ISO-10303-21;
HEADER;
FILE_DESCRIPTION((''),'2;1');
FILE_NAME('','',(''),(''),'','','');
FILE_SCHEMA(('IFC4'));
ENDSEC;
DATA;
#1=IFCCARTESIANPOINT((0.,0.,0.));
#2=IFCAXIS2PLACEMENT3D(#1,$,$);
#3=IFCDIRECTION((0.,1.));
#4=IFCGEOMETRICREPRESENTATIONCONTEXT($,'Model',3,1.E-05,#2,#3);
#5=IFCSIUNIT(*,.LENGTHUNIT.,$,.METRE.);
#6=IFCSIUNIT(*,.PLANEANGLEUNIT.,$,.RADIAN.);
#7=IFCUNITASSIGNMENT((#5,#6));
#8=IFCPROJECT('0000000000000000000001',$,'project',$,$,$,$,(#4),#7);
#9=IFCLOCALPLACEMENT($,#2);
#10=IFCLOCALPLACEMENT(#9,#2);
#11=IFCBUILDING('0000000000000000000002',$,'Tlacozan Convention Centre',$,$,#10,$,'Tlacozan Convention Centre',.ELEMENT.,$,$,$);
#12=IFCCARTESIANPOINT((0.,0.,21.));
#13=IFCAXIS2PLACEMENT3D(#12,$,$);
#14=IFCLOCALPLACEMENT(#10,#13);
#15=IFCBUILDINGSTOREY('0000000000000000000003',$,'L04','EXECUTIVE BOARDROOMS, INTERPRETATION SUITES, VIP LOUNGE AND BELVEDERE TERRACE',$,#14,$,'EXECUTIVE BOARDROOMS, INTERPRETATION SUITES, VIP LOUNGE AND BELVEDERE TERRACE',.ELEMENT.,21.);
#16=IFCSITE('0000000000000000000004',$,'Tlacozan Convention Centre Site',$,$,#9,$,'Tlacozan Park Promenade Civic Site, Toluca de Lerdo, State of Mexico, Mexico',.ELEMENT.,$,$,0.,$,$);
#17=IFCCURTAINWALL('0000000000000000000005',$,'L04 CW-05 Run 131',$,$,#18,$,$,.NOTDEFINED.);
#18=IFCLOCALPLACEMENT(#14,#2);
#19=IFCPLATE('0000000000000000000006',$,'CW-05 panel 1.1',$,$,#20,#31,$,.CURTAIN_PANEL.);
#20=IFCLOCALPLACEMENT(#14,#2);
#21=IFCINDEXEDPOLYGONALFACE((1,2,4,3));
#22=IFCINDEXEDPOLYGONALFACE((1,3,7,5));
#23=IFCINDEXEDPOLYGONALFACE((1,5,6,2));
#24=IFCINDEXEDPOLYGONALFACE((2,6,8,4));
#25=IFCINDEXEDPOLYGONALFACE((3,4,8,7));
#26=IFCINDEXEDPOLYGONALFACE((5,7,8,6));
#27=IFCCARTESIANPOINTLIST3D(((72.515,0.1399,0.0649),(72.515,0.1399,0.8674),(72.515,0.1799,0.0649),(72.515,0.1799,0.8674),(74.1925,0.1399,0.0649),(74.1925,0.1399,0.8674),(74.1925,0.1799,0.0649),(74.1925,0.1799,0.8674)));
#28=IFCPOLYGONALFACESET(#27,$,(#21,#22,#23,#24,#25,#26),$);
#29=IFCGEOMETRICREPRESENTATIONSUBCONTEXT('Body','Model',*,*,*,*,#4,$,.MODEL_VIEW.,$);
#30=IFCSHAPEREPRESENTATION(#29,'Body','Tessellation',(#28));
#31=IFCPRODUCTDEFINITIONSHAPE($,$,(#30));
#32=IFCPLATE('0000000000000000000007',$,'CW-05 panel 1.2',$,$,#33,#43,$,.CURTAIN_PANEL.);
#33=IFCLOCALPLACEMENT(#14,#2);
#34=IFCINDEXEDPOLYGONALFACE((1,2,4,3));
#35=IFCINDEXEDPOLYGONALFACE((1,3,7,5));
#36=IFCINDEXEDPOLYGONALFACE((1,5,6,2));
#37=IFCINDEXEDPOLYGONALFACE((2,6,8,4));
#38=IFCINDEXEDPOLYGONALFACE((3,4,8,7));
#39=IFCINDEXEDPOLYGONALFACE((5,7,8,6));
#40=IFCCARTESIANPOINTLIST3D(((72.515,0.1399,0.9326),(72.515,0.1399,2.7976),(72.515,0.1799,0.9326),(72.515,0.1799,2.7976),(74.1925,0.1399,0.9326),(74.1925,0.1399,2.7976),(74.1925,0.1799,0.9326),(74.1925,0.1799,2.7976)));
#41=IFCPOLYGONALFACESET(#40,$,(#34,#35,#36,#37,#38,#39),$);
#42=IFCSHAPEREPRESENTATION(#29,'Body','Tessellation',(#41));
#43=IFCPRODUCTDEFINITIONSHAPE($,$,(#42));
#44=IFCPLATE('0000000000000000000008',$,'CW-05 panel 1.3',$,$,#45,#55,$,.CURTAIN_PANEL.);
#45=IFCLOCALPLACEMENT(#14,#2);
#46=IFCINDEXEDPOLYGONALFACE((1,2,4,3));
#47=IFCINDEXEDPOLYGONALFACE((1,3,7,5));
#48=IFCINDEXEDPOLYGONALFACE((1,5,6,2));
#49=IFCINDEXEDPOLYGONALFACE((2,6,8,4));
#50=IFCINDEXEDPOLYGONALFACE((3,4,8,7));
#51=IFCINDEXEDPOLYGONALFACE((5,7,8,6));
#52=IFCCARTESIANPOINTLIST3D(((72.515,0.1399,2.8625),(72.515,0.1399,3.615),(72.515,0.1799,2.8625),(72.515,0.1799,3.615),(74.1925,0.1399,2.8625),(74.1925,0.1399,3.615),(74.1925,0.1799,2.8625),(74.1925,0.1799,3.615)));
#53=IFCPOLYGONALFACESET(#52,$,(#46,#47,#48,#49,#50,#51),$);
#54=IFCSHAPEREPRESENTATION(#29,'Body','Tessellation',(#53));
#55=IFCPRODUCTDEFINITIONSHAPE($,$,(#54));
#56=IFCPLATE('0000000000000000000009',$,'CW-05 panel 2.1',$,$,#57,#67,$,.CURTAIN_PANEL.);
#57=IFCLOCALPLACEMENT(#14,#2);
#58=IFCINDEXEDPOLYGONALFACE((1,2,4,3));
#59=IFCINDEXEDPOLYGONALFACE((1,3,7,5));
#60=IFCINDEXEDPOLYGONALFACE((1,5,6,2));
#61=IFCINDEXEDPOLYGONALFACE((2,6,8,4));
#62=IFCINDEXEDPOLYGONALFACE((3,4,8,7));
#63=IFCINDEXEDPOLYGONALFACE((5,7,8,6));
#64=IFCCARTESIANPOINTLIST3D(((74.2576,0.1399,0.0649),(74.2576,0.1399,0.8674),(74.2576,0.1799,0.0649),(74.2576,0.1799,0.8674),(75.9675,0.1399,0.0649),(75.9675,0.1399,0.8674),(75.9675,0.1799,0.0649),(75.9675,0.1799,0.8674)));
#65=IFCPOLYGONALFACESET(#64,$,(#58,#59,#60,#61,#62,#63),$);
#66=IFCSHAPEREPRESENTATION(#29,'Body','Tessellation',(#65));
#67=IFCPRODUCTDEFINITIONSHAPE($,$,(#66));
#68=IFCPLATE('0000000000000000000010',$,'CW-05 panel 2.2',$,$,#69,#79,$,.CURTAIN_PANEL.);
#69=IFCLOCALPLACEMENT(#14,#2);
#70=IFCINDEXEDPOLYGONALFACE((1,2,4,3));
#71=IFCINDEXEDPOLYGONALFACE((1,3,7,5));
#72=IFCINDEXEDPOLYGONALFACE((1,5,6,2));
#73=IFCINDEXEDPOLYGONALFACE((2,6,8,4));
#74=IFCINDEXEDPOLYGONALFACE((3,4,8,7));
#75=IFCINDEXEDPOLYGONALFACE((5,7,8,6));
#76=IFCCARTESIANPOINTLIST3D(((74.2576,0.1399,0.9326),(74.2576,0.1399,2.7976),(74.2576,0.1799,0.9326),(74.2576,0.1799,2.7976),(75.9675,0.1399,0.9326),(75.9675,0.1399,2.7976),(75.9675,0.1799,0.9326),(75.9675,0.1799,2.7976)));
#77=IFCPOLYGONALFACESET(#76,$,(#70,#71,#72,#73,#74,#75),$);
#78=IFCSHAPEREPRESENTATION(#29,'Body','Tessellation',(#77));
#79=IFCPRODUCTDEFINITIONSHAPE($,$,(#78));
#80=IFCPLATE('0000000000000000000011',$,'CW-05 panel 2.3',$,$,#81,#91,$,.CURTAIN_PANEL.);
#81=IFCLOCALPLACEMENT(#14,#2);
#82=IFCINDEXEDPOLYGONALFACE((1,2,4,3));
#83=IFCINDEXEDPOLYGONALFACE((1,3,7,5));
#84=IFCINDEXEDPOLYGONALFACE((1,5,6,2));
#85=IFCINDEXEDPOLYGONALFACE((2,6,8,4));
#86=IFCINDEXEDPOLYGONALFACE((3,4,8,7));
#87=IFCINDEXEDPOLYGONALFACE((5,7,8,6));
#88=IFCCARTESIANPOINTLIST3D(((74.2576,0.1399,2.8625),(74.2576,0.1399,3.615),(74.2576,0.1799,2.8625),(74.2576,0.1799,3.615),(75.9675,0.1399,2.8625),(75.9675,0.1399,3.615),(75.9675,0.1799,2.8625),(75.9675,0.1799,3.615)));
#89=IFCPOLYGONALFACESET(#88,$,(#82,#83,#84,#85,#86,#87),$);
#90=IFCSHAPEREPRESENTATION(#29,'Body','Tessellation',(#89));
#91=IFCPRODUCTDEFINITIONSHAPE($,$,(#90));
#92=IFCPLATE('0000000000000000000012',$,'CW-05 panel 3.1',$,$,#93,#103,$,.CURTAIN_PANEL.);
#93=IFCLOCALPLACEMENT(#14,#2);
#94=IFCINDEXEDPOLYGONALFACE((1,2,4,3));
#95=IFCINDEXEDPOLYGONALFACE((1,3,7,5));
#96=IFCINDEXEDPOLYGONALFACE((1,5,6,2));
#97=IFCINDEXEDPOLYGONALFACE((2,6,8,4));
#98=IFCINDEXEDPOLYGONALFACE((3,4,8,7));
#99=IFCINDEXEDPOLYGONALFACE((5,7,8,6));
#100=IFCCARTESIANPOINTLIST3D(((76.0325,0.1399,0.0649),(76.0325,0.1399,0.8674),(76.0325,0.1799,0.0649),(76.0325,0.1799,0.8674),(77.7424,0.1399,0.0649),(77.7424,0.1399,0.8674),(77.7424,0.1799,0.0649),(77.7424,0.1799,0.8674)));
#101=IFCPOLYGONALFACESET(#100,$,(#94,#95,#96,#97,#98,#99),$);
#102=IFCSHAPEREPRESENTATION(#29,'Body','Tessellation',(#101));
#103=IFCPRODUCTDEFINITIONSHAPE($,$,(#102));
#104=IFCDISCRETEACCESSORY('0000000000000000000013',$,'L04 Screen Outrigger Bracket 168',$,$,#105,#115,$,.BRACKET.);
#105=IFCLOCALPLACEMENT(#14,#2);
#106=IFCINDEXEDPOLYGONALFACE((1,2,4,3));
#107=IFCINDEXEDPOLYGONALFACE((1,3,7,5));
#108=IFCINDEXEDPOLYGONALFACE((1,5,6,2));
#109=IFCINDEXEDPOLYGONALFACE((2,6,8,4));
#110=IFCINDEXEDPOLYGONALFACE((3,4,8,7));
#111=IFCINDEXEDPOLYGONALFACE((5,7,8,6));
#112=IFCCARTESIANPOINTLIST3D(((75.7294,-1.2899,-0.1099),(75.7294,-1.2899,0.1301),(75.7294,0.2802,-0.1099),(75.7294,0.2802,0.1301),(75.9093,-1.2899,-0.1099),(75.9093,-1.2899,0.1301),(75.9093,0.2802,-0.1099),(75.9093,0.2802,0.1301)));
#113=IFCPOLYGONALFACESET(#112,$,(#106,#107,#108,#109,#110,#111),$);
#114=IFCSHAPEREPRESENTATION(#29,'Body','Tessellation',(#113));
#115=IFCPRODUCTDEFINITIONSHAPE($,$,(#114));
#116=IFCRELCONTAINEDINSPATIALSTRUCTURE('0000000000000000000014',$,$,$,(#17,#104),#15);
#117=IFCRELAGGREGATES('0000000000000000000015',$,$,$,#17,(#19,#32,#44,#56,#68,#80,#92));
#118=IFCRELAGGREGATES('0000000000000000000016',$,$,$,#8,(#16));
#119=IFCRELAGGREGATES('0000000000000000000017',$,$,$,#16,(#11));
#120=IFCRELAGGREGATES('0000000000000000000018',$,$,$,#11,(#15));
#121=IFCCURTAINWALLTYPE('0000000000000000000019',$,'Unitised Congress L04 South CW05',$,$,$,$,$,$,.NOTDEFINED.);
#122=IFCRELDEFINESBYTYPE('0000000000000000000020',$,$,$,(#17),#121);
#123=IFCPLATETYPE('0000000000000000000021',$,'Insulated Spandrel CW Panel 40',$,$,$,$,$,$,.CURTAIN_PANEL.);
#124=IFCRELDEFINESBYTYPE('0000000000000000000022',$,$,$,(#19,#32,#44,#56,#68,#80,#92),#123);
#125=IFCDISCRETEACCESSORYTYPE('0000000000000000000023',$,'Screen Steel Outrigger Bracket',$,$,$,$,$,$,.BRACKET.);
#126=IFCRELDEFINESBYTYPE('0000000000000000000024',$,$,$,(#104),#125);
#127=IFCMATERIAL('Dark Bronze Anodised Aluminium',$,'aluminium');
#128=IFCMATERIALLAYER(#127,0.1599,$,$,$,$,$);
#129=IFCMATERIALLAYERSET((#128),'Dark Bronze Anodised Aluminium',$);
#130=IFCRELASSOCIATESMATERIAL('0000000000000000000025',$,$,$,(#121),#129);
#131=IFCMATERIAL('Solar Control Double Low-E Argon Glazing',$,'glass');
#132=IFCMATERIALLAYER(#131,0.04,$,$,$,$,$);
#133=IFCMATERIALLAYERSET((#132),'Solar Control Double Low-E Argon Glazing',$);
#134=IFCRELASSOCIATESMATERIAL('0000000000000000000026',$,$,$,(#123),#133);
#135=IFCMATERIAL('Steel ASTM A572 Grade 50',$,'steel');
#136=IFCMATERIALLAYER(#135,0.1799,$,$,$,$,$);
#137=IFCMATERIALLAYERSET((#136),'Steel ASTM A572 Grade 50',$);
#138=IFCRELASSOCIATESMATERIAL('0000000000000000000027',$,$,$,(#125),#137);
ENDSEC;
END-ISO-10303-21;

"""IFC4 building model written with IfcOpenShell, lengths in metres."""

from ifc_helpers import new_model, si_unit, direction, frame, origin, origin_2d, place, context, subcontext, project, spatial, rectangle, extrude, material, layer, layer_set, type_object, element, aggregate, save


model = new_model("IFC4")

# Units and contexts
model_context = context("Model", 3, precision=1e-05, world=origin(), true_north=direction((0.0, 1.0)))
body_context = subcontext(model_context, "Body", "Model", "MODEL_VIEW")
ifc_project = project(units=[si_unit("LENGTHUNIT", "METRE"), si_unit("PLANEANGLEUNIT", "RADIAN")], contexts=[model_context])

# Site, building, storey
site_placement = place(None, origin())
site = spatial("IfcSite", under=ifc_project, at=site_placement, Name="Tlacozan Convention Centre Site", LongName="Tlacozan Park Promenade Civic Site, Toluca de Lerdo, State of Mexico, Mexico", CompositionType="ELEMENT", RefElevation=0.0)
building_placement = place(site_placement, origin())
building = spatial("IfcBuilding", under=site, at=building_placement, Name="Tlacozan Convention Centre", LongName="Tlacozan Convention Centre", CompositionType="ELEMENT")
storey_placement = place(building_placement, frame((0.0, 0.0, 21.0)))
storey = spatial("IfcBuildingStorey", under=building, at=storey_placement, Name="L04", Description="EXECUTIVE BOARDROOMS, INTERPRETATION SUITES, VIP LOUNGE AND BELVEDERE TERRACE", LongName="EXECUTIVE BOARDROOMS, INTERPRETATION SUITES, VIP LOUNGE AND BELVEDERE TERRACE", CompositionType="ELEMENT", Elevation=21.0)

# Shared definitions
ifc_material_1 = material(Name="Dark Bronze Anodised Aluminium", Category="aluminium")
ifc_layer_1 = layer(ifc_material_1, 0.1599)
ifc_layer_set_1 = layer_set([ifc_layer_1], Name="Dark Bronze Anodised Aluminium")
curtain_wall_type = type_object("IfcCurtainWallType", Name="Unitised Congress L04 South CW05", PredefinedType="NOTDEFINED", material=ifc_layer_set_1)

# Curtain wall
curtain_wall_1_placement = place(storey_placement, origin())
curtain_wall_1 = element("IfcCurtainWall", 1, at=curtain_wall_1_placement, inside=storey, type_object=curtain_wall_type, Name="L04 CW-05 Run 131", PredefinedType="NOTDEFINED")

# Plates
ifc_material_2 = material(Name="Solar Control Double Low-E Argon Glazing", Category="glass")
ifc_layer_2 = layer(ifc_material_2, 0.04)
ifc_layer_set_2 = layer_set([ifc_layer_2], Name="Solar Control Double Low-E Argon Glazing")
plate_type_1 = type_object("IfcPlateType", Name="Insulated Spandrel CW Panel 40", PredefinedType="CURTAIN_PANEL", material=ifc_layer_set_2)
plate_1_placement = place(storey_placement, frame((73.3538, 0.1599, 0.0649), z_axis=(0.0, 0.0, 1.0), x_axis=(1.0, 0.0, 0.0)))
plate_1 = element("IfcPlate", 2, at=plate_1_placement, type_object=plate_type_1, Name="CW-05 panel 1.1", PredefinedType="CURTAIN_PANEL", context=body_context, shape_type="SweptSolid", body=[
    extrude(rectangle(XDim=1.6775, YDim=0.04, at=origin_2d()), origin(), (0.0, 0.0, 1.0), 0.8025),
])
plate_2_placement = place(storey_placement, frame((73.3538, 0.1599, 0.9326), z_axis=(0.0, 0.0, 1.0), x_axis=(1.0, 0.0, 0.0)))
plate_2 = element("IfcPlate", 3, at=plate_2_placement, type_object=plate_type_1, Name="CW-05 panel 1.2", PredefinedType="CURTAIN_PANEL", context=body_context, shape_type="SweptSolid", body=[
    extrude(rectangle(XDim=1.6775, YDim=0.04, at=origin_2d()), origin(), (0.0, 0.0, 1.0), 1.865),
])
plate_3_placement = place(storey_placement, frame((73.3538, 0.1599, 2.8625), z_axis=(0.0, 0.0, 1.0), x_axis=(1.0, 0.0, 0.0)))
plate_3 = element("IfcPlate", 4, at=plate_3_placement, type_object=plate_type_1, Name="CW-05 panel 1.3", PredefinedType="CURTAIN_PANEL", context=body_context, shape_type="SweptSolid", body=[
    extrude(rectangle(XDim=1.6775, YDim=0.04, at=origin_2d()), origin(), (0.0, 0.0, 1.0), 0.7524),
])
plate_4_placement = place(storey_placement, frame((75.1125, 0.1599, 0.0649), z_axis=(0.0, 0.0, 1.0), x_axis=(1.0, 0.0, 0.0)))
plate_4 = element("IfcPlate", 5, at=plate_4_placement, type_object=plate_type_1, Name="CW-05 panel 2.1", PredefinedType="CURTAIN_PANEL", context=body_context, shape_type="SweptSolid", body=[
    extrude(rectangle(XDim=1.71, YDim=0.04, at=origin_2d()), origin(), (0.0, 0.0, 1.0), 0.8025),
])
plate_5_placement = place(storey_placement, frame((75.1125, 0.1599, 0.9326), z_axis=(0.0, 0.0, 1.0), x_axis=(1.0, 0.0, 0.0)))
plate_5 = element("IfcPlate", 6, at=plate_5_placement, type_object=plate_type_1, Name="CW-05 panel 2.2", PredefinedType="CURTAIN_PANEL", context=body_context, shape_type="SweptSolid", body=[
    extrude(rectangle(XDim=1.71, YDim=0.04, at=origin_2d()), origin(), (0.0, 0.0, 1.0), 1.865),
])
plate_6_placement = place(storey_placement, frame((75.1125, 0.1599, 2.8625), z_axis=(0.0, 0.0, 1.0), x_axis=(1.0, 0.0, 0.0)))
plate_6 = element("IfcPlate", 7, at=plate_6_placement, type_object=plate_type_1, Name="CW-05 panel 2.3", PredefinedType="CURTAIN_PANEL", context=body_context, shape_type="SweptSolid", body=[
    extrude(rectangle(XDim=1.71, YDim=0.04, at=origin_2d()), origin(), (0.0, 0.0, 1.0), 0.7524),
])
plate_7_placement = place(storey_placement, frame((76.8875, 0.1599, 0.0649), z_axis=(0.0, 0.0, 1.0), x_axis=(1.0, 0.0, 0.0)))
plate_7 = element("IfcPlate", 8, at=plate_7_placement, type_object=plate_type_1, Name="CW-05 panel 3.1", PredefinedType="CURTAIN_PANEL", context=body_context, shape_type="SweptSolid", body=[
    extrude(rectangle(XDim=1.71, YDim=0.04, at=origin_2d()), origin(), (0.0, 0.0, 1.0), 0.8025),
])
aggregate(curtain_wall_1, [plate_1, plate_2, plate_3, plate_4, plate_5, plate_6, plate_7])

# Discrete accessory
ifc_material_3 = material(Name="Steel ASTM A572 Grade 50", Category="steel")
ifc_layer_3 = layer(ifc_material_3, 0.1799)
ifc_layer_set_3 = layer_set([ifc_layer_3], Name="Steel ASTM A572 Grade 50")
discrete_accessory_type = type_object("IfcDiscreteAccessoryType", Name="Screen Steel Outrigger Bracket", PredefinedType="BRACKET", material=ifc_layer_set_3)
discrete_accessory_placement = place(storey_placement, frame((75.8193, -0.5049, -0.1099), z_axis=(0.0, 0.0, 1.0), x_axis=(0.0, 1.0, 0.0)))
element("IfcDiscreteAccessory", 9, at=discrete_accessory_placement, inside=storey, type_object=discrete_accessory_type, Name="L04 Screen Outrigger Bracket 168", PredefinedType="BRACKET", context=body_context, shape_type="SweptSolid", body=[
    extrude(rectangle(XDim=1.5701, YDim=0.1799, at=origin_2d()), origin(), (0.0, 0.0, 1.0), 0.24),
])

save(model, "model.ifc")
